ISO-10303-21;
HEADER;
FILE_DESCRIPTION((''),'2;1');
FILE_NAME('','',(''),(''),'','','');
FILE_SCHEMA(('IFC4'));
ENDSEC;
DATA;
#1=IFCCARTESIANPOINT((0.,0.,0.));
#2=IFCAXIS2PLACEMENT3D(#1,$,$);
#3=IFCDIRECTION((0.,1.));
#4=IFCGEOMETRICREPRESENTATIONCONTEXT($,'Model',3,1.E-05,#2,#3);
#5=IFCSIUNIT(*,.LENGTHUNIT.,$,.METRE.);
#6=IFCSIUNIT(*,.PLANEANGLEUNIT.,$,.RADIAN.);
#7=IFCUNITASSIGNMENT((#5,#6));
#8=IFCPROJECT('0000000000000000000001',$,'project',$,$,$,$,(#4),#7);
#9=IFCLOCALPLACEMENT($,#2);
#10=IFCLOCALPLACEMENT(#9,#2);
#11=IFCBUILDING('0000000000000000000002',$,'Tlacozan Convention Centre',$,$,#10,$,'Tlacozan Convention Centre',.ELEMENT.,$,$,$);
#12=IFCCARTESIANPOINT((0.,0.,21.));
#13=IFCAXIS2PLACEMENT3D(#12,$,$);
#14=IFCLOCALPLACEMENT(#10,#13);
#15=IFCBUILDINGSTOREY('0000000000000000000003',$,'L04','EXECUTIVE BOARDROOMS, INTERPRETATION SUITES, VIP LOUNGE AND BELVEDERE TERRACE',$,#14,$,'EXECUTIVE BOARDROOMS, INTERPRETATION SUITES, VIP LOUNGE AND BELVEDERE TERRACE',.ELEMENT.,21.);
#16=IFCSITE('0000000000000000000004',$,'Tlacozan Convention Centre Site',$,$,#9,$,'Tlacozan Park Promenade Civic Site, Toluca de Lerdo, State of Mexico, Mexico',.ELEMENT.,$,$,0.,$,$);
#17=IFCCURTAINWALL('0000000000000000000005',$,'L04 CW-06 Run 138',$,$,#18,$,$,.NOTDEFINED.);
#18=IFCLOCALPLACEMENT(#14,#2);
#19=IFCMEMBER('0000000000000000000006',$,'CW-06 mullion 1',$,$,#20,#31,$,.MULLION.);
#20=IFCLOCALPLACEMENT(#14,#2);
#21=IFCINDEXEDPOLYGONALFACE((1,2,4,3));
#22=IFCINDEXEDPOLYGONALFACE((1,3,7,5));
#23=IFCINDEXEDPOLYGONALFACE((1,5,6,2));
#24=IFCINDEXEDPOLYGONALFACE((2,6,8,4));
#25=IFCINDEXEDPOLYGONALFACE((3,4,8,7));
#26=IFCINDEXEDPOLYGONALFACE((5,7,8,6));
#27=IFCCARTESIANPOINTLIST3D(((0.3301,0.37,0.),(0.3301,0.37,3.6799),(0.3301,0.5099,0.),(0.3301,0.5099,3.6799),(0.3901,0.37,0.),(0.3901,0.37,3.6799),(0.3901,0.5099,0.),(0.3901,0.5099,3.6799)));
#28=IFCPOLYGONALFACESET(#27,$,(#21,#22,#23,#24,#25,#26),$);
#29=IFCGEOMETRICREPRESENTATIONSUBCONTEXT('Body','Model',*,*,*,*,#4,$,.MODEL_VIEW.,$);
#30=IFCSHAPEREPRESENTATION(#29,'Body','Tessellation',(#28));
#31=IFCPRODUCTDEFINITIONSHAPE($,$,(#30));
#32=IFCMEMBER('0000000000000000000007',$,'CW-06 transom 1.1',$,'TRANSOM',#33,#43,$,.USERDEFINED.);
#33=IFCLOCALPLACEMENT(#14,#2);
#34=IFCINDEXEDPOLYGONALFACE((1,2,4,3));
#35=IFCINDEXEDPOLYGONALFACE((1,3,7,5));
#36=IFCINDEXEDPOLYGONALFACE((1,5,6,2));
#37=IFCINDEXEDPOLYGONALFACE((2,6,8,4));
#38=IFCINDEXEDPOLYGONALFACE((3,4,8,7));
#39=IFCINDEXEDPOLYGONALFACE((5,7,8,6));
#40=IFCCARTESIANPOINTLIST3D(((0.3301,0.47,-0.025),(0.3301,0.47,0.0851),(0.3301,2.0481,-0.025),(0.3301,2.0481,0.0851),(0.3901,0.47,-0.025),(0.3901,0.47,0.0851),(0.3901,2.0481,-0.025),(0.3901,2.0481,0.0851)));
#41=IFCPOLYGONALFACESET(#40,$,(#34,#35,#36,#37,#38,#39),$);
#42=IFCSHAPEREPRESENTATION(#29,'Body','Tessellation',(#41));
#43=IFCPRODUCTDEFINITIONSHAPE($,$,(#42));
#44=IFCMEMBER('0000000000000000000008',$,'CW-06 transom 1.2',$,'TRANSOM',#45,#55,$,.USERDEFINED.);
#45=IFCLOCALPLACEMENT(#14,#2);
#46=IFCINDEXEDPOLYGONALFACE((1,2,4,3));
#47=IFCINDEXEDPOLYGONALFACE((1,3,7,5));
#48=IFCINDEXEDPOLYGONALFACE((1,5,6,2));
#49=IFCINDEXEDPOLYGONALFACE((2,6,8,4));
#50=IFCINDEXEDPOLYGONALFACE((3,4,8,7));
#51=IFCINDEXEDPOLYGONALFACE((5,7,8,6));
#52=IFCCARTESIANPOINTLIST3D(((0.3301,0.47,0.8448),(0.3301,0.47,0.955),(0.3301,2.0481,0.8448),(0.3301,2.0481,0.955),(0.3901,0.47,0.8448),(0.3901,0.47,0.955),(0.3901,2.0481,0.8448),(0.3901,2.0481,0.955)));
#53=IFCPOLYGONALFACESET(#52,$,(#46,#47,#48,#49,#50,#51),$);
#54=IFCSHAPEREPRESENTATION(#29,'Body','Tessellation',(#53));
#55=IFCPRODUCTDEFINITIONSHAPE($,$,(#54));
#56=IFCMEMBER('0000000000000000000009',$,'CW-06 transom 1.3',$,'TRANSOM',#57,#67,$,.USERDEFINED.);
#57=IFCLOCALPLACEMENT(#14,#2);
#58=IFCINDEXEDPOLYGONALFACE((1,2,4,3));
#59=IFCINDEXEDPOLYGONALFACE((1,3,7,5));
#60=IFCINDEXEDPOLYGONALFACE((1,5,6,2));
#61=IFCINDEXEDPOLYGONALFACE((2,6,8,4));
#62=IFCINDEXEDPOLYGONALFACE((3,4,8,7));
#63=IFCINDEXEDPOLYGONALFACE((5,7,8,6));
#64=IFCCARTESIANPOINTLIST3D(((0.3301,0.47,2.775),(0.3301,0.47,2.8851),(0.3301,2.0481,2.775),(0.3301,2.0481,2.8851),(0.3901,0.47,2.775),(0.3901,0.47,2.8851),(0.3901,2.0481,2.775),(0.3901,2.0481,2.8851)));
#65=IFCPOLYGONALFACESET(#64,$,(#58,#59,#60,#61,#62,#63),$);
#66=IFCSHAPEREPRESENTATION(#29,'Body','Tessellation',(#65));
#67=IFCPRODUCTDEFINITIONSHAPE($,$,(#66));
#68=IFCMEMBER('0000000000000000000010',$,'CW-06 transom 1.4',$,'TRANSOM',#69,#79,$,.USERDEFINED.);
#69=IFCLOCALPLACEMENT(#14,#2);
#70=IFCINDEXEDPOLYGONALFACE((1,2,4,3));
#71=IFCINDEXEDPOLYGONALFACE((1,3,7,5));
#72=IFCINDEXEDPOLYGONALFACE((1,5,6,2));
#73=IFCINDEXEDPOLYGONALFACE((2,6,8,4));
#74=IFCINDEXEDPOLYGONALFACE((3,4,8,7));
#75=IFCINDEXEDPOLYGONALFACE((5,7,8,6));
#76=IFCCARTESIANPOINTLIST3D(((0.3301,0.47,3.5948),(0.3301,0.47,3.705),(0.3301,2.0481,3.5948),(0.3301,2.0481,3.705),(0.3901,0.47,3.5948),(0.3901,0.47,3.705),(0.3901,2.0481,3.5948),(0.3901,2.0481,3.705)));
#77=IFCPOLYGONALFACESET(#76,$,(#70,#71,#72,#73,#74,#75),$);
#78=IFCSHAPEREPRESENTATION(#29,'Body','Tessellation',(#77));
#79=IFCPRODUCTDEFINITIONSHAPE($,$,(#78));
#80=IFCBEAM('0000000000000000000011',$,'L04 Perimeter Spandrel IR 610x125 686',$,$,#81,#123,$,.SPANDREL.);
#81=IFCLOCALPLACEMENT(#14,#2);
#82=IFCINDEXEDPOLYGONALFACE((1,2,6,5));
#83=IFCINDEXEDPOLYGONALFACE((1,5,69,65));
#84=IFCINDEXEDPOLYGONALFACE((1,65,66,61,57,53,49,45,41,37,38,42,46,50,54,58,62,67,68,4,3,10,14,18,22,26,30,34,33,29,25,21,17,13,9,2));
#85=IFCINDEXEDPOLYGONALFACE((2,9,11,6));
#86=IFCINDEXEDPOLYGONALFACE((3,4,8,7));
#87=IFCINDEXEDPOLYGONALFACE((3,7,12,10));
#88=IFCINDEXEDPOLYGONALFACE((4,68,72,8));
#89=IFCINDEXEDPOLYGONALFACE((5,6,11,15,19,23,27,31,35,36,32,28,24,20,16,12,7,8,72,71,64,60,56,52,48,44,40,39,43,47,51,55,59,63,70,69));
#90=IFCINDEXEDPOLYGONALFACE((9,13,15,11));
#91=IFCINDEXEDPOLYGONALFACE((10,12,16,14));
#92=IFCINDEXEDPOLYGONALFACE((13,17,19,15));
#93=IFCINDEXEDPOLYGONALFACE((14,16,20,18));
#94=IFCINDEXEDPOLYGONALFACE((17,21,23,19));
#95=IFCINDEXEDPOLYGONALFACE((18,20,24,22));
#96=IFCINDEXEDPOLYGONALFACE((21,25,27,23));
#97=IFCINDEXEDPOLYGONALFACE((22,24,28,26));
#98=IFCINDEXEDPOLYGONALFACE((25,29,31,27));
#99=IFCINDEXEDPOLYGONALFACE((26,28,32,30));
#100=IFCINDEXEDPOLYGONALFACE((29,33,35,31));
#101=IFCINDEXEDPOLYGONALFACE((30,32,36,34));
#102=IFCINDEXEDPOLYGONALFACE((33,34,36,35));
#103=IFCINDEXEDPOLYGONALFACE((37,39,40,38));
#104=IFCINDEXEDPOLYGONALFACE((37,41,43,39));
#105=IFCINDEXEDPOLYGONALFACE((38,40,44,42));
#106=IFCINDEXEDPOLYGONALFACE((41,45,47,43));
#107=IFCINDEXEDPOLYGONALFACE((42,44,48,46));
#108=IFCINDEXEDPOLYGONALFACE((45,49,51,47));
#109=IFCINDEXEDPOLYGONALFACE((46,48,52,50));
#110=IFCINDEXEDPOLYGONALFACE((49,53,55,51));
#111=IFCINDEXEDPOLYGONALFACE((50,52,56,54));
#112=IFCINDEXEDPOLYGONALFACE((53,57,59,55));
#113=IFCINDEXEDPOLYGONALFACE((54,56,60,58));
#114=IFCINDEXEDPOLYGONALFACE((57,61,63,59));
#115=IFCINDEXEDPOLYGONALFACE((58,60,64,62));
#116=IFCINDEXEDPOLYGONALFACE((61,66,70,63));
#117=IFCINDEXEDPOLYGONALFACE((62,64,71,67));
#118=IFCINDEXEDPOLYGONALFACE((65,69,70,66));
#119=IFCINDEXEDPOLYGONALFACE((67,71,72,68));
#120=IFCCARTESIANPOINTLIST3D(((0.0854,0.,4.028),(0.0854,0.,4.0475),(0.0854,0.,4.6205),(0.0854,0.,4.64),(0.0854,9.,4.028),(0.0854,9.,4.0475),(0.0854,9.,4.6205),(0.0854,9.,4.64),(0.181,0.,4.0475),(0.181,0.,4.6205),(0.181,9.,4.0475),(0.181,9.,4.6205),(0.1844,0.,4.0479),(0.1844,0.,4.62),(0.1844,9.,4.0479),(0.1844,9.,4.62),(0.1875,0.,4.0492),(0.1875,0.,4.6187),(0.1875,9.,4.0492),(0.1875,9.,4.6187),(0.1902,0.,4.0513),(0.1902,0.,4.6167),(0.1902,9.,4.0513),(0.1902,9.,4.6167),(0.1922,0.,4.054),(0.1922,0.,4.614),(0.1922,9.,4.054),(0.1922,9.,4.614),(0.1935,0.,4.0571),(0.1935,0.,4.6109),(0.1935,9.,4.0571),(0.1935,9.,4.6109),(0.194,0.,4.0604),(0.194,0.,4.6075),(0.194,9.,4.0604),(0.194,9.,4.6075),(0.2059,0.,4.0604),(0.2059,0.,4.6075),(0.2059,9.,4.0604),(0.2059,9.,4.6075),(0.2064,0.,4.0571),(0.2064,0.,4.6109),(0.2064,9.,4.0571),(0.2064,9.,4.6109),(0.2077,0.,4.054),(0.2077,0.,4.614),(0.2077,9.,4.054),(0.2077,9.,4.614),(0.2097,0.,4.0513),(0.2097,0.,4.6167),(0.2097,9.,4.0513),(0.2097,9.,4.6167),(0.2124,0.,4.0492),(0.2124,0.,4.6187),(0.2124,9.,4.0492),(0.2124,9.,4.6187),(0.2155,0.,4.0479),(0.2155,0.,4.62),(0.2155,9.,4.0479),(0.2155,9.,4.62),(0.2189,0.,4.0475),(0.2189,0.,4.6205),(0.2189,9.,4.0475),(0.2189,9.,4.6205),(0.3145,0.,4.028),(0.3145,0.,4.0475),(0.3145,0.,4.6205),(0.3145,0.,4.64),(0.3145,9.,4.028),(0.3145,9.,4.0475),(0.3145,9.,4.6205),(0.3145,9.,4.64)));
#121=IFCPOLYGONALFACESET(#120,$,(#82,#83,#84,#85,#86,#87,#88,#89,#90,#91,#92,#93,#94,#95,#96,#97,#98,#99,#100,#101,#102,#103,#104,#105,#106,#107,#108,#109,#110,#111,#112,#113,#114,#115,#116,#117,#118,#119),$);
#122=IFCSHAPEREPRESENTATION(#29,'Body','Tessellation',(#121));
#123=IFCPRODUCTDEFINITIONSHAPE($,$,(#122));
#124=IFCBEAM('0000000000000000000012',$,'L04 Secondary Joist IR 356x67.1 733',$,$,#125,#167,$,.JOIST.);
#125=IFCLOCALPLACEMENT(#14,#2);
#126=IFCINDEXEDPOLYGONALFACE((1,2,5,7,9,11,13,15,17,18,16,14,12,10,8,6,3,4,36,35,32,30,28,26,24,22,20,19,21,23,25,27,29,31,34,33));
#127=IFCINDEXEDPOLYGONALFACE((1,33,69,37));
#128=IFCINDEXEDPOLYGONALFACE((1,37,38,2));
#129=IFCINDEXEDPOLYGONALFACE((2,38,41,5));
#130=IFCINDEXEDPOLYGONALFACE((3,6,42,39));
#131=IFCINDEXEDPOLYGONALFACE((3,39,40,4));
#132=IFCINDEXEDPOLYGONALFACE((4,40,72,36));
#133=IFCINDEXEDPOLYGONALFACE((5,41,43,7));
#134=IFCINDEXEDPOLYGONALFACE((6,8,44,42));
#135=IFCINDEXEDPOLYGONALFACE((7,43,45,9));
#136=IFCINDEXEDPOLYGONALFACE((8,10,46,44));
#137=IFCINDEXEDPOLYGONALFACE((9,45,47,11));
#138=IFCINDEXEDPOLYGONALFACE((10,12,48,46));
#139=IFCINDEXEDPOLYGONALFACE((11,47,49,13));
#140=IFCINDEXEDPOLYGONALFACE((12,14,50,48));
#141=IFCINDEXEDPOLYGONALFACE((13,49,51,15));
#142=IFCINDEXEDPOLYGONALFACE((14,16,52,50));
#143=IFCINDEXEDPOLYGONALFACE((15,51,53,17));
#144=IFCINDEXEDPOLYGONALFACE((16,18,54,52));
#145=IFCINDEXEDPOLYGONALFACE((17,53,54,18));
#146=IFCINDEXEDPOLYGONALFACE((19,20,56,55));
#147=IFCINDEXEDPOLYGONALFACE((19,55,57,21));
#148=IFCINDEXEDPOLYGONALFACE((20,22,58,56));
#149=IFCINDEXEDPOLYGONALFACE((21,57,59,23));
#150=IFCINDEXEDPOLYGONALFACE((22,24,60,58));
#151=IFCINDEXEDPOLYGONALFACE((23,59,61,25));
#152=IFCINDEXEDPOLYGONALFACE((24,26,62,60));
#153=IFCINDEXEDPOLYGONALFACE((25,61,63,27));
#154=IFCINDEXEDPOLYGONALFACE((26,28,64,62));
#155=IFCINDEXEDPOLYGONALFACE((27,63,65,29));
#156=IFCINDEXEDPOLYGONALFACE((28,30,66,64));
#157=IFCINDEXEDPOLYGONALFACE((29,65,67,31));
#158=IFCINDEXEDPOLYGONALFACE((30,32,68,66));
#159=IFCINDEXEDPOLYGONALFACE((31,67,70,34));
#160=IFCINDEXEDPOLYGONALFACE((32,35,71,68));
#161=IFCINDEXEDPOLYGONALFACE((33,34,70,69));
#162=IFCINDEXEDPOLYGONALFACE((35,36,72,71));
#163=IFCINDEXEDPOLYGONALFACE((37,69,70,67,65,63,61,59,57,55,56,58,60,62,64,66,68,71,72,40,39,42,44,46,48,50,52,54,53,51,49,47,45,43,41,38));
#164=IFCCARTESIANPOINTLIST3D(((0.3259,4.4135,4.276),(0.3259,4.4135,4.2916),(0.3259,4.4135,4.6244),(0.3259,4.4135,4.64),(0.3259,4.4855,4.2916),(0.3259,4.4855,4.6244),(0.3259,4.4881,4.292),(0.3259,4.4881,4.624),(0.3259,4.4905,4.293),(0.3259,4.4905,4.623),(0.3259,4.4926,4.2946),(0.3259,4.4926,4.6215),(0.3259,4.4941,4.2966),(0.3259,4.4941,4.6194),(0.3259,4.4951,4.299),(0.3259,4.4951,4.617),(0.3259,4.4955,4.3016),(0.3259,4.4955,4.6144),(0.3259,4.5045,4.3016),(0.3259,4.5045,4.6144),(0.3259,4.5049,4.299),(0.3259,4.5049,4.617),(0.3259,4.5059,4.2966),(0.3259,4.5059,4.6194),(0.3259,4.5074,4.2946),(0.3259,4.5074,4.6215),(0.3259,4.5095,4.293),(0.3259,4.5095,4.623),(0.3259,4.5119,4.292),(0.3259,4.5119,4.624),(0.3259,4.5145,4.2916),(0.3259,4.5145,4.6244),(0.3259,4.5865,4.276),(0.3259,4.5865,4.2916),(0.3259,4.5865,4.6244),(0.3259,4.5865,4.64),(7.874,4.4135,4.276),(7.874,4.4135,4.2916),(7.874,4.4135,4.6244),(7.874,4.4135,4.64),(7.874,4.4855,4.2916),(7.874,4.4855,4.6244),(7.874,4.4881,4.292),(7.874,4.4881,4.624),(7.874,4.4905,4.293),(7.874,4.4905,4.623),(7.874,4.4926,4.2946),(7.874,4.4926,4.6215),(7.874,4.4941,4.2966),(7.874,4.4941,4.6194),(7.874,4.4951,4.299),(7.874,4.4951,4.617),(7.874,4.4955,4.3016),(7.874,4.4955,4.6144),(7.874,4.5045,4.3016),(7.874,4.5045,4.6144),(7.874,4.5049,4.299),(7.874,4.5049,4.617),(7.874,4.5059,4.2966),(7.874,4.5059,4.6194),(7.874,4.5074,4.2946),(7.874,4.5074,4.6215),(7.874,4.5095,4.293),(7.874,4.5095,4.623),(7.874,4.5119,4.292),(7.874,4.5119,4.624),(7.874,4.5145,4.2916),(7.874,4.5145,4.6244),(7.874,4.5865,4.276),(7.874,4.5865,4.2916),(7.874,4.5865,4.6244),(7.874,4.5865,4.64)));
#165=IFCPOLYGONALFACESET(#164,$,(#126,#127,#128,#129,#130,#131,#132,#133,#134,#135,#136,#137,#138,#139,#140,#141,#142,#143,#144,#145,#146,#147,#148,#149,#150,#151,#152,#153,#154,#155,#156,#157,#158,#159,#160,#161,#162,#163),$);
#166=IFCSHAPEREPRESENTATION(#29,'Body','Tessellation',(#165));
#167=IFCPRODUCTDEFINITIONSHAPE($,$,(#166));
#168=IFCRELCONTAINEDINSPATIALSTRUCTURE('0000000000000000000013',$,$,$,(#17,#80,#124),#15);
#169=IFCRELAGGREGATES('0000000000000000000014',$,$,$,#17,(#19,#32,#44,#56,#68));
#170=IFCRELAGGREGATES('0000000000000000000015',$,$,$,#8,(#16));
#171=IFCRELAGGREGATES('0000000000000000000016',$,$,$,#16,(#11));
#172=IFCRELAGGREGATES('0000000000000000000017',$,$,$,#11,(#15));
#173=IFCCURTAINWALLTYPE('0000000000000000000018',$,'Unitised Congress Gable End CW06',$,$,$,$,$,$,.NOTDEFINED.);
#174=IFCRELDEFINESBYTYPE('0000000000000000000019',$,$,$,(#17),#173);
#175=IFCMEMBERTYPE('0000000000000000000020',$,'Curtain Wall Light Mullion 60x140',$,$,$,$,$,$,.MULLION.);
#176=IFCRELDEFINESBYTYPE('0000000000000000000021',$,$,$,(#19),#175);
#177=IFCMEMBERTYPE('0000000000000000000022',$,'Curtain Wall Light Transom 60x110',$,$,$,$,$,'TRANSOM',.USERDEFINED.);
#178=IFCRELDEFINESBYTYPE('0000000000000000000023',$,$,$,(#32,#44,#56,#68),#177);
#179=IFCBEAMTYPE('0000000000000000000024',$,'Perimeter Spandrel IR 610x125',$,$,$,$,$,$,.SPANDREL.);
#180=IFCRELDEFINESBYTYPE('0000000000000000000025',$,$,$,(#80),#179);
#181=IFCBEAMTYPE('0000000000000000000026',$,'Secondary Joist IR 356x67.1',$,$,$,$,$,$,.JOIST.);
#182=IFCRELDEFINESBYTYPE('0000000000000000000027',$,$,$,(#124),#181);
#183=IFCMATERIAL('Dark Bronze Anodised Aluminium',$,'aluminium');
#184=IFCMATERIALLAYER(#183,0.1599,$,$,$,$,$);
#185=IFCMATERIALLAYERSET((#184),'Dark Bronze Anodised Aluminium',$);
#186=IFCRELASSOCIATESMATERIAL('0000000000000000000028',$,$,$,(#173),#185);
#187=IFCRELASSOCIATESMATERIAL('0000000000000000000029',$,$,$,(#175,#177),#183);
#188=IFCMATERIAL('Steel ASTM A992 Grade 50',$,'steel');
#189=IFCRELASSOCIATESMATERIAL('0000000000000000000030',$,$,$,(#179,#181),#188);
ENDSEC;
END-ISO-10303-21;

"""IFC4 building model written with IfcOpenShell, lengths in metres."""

from ifc_helpers import new_model, si_unit, direction, frame, origin, origin_2d, place, context, subcontext, project, spatial, rectangle, i_section, extrude, material, layer, layer_set, material_profile, profile_set, type_object, element, aggregate, save


model = new_model("IFC4")

# Units and contexts
model_context = context("Model", 3, precision=1e-05, world=origin(), true_north=direction((0.0, 1.0)))
body_context = subcontext(model_context, "Body", "Model", "MODEL_VIEW")
ifc_project = project(units=[si_unit("LENGTHUNIT", "METRE"), si_unit("PLANEANGLEUNIT", "RADIAN")], contexts=[model_context])

# Site, building, storey
site_placement = place(None, origin())
site = spatial("IfcSite", under=ifc_project, at=site_placement, Name="Tlacozan Convention Centre Site", LongName="Tlacozan Park Promenade Civic Site, Toluca de Lerdo, State of Mexico, Mexico", CompositionType="ELEMENT", RefElevation=0.0)
building_placement = place(site_placement, origin())
building = spatial("IfcBuilding", under=site, at=building_placement, Name="Tlacozan Convention Centre", LongName="Tlacozan Convention Centre", CompositionType="ELEMENT")
storey_placement = place(building_placement, frame((0.0, 0.0, 21.0)))
storey = spatial("IfcBuildingStorey", under=building, at=storey_placement, Name="L04", Description="EXECUTIVE BOARDROOMS, INTERPRETATION SUITES, VIP LOUNGE AND BELVEDERE TERRACE", LongName="EXECUTIVE BOARDROOMS, INTERPRETATION SUITES, VIP LOUNGE AND BELVEDERE TERRACE", CompositionType="ELEMENT", Elevation=21.0)

# Curtain wall, members
ifc_material_1 = material(Name="Dark Bronze Anodised Aluminium", Category="aluminium")
ifc_layer_1 = layer(ifc_material_1, 0.1599)
ifc_layer_set_1 = layer_set([ifc_layer_1], Name="Dark Bronze Anodised Aluminium")
curtain_wall_type = type_object("IfcCurtainWallType", Name="Unitised Congress Gable End CW06", PredefinedType="NOTDEFINED", material=ifc_layer_set_1)
curtain_wall_placement = place(storey_placement, origin())
curtain_wall = element("IfcCurtainWall", 1, at=curtain_wall_placement, inside=storey, type_object=curtain_wall_type, Name="L04 CW-06 Run 138", PredefinedType="NOTDEFINED")
ifc_material_profile_1 = material_profile(ifc_material_1, rectangle(XDim=0.0601, YDim=0.1399, at=origin_2d()), Name="ALU 60x140")
ifc_profile_set_1 = profile_set([ifc_material_profile_1], Name="Dark Bronze Anodised Aluminium")
member_type_1 = type_object("IfcMemberType", Name="Curtain Wall Light Mullion 60x140", PredefinedType="MULLION", material=ifc_profile_set_1)
member_1_placement = place(storey_placement, frame((0.3601, 0.4399, 0.0), z_axis=(0.0, 0.0, 1.0), x_axis=(-1.0, 0.0, 0.0)))
member_1 = element("IfcMember", 2, at=member_1_placement, type_object=member_type_1, Name="CW-06 mullion 1", PredefinedType="MULLION", context=body_context, shape_type="SweptSolid", body=[
    extrude(rectangle(XDim=0.0601, YDim=0.1399, at=origin_2d()), origin(), (0.0, 0.0, 1.0), 3.6799),
])
ifc_material_profile_2 = material_profile(ifc_material_1, rectangle(XDim=0.0601, YDim=0.1101, at=origin_2d()), Name="ALU 60x110")
ifc_profile_set_2 = profile_set([ifc_material_profile_2], Name="Dark Bronze Anodised Aluminium")
member_type_2 = type_object("IfcMemberType", Name="Curtain Wall Light Transom 60x110", ElementType="TRANSOM", PredefinedType="USERDEFINED", material=ifc_profile_set_2)
member_2_placement = place(storey_placement, frame((0.3601, 0.47, 0.03), z_axis=(0.0, 1.0, 0.0), x_axis=(-1.0, 0.0, 0.0)))
member_2 = element("IfcMember", 3, at=member_2_placement, type_object=member_type_2, Name="CW-06 transom 1.1", ObjectType="TRANSOM", PredefinedType="USERDEFINED", context=body_context, shape_type="SweptSolid", body=[
    extrude(rectangle(XDim=0.0601, YDim=0.1101, at=origin_2d()), origin(), (0.0, 0.0, 1.0), 1.5781),
])
member_3_placement = place(storey_placement, frame((0.3601, 0.47, 0.8999), z_axis=(0.0, 1.0, 0.0), x_axis=(-1.0, 0.0, 0.0)))
member_3 = element("IfcMember", 4, at=member_3_placement, type_object=member_type_2, Name="CW-06 transom 1.2", ObjectType="TRANSOM", PredefinedType="USERDEFINED", context=body_context, shape_type="SweptSolid", body=[
    extrude(rectangle(XDim=0.0601, YDim=0.1101, at=origin_2d()), origin(), (0.0, 0.0, 1.0), 1.5781),
])
member_4_placement = place(storey_placement, frame((0.3601, 0.47, 2.8301), z_axis=(0.0, 1.0, 0.0), x_axis=(-1.0, 0.0, 0.0)))
member_4 = element("IfcMember", 5, at=member_4_placement, type_object=member_type_2, Name="CW-06 transom 1.3", ObjectType="TRANSOM", PredefinedType="USERDEFINED", context=body_context, shape_type="SweptSolid", body=[
    extrude(rectangle(XDim=0.0601, YDim=0.1101, at=origin_2d()), origin(), (0.0, 0.0, 1.0), 1.5781),
])
member_5_placement = place(storey_placement, frame((0.3601, 0.47, 3.6499), z_axis=(0.0, 1.0, 0.0), x_axis=(-1.0, 0.0, 0.0)))
member_5 = element("IfcMember", 6, at=member_5_placement, type_object=member_type_2, Name="CW-06 transom 1.4", ObjectType="TRANSOM", PredefinedType="USERDEFINED", context=body_context, shape_type="SweptSolid", body=[
    extrude(rectangle(XDim=0.0601, YDim=0.1101, at=origin_2d()), origin(), (0.0, 0.0, 1.0), 1.5781),
])

# Beams
ifc_material_2 = material(Name="Steel ASTM A992 Grade 50", Category="steel")
ifc_material_profile_3 = material_profile(ifc_material_2, i_section(OverallWidth=0.229, OverallDepth=0.6121, WebThickness=0.012, FlangeThickness=0.0195, FilletRadius=0.0129, at=origin_2d()), Name="IR 610x125.0")
ifc_profile_set_3 = profile_set([ifc_material_profile_3], Name="Steel ASTM A992 Grade 50")
beam_type_1 = type_object("IfcBeamType", Name="Perimeter Spandrel IR 610x125", PredefinedType="SPANDREL", material=ifc_profile_set_3)
beam_1_placement = place(storey_placement, frame((0.2, 0.0, 4.334), z_axis=(0.0, 1.0, 0.0), x_axis=(-1.0, 0.0, 0.0)))
element("IfcBeam", 7, at=beam_1_placement, inside=storey, type_object=beam_type_1, Name="L04 Perimeter Spandrel IR 610x125 686", PredefinedType="SPANDREL", context=body_context, shape_type="SweptSolid", body=[
    extrude(i_section(OverallWidth=0.229, OverallDepth=0.6121, WebThickness=0.012, FlangeThickness=0.0195, FilletRadius=0.0129, at=origin_2d()), origin(), (0.0, 0.0, 1.0), 9.0),
])
ifc_material_profile_4 = material_profile(ifc_material_2, i_section(OverallWidth=0.1731, OverallDepth=0.364, WebThickness=0.009, FlangeThickness=0.0156, FilletRadius=0.01, at=origin_2d()), Name="IR 356x67.1")
ifc_profile_set_4 = profile_set([ifc_material_profile_4], Name="Steel ASTM A992 Grade 50")
beam_type_2 = type_object("IfcBeamType", Name="Secondary Joist IR 356x67.1", PredefinedType="JOIST", material=ifc_profile_set_4)
beam_2_placement = place(storey_placement, frame((0.3259, 4.5, 4.458), z_axis=(1.0, 0.0, 0.0), x_axis=(0.0, 1.0, 0.0)))
element("IfcBeam", 8, at=beam_2_placement, inside=storey, type_object=beam_type_2, Name="L04 Secondary Joist IR 356x67.1 733", PredefinedType="JOIST", context=body_context, shape_type="SweptSolid", body=[
    extrude(i_section(OverallWidth=0.1731, OverallDepth=0.364, WebThickness=0.009, FlangeThickness=0.0156, FilletRadius=0.01, at=origin_2d()), origin(), (0.0, 0.0, 1.0), 7.5481),
])

aggregate(curtain_wall, [member_1, member_2, member_3, member_4, member_5])

save(model, "model.ifc")
